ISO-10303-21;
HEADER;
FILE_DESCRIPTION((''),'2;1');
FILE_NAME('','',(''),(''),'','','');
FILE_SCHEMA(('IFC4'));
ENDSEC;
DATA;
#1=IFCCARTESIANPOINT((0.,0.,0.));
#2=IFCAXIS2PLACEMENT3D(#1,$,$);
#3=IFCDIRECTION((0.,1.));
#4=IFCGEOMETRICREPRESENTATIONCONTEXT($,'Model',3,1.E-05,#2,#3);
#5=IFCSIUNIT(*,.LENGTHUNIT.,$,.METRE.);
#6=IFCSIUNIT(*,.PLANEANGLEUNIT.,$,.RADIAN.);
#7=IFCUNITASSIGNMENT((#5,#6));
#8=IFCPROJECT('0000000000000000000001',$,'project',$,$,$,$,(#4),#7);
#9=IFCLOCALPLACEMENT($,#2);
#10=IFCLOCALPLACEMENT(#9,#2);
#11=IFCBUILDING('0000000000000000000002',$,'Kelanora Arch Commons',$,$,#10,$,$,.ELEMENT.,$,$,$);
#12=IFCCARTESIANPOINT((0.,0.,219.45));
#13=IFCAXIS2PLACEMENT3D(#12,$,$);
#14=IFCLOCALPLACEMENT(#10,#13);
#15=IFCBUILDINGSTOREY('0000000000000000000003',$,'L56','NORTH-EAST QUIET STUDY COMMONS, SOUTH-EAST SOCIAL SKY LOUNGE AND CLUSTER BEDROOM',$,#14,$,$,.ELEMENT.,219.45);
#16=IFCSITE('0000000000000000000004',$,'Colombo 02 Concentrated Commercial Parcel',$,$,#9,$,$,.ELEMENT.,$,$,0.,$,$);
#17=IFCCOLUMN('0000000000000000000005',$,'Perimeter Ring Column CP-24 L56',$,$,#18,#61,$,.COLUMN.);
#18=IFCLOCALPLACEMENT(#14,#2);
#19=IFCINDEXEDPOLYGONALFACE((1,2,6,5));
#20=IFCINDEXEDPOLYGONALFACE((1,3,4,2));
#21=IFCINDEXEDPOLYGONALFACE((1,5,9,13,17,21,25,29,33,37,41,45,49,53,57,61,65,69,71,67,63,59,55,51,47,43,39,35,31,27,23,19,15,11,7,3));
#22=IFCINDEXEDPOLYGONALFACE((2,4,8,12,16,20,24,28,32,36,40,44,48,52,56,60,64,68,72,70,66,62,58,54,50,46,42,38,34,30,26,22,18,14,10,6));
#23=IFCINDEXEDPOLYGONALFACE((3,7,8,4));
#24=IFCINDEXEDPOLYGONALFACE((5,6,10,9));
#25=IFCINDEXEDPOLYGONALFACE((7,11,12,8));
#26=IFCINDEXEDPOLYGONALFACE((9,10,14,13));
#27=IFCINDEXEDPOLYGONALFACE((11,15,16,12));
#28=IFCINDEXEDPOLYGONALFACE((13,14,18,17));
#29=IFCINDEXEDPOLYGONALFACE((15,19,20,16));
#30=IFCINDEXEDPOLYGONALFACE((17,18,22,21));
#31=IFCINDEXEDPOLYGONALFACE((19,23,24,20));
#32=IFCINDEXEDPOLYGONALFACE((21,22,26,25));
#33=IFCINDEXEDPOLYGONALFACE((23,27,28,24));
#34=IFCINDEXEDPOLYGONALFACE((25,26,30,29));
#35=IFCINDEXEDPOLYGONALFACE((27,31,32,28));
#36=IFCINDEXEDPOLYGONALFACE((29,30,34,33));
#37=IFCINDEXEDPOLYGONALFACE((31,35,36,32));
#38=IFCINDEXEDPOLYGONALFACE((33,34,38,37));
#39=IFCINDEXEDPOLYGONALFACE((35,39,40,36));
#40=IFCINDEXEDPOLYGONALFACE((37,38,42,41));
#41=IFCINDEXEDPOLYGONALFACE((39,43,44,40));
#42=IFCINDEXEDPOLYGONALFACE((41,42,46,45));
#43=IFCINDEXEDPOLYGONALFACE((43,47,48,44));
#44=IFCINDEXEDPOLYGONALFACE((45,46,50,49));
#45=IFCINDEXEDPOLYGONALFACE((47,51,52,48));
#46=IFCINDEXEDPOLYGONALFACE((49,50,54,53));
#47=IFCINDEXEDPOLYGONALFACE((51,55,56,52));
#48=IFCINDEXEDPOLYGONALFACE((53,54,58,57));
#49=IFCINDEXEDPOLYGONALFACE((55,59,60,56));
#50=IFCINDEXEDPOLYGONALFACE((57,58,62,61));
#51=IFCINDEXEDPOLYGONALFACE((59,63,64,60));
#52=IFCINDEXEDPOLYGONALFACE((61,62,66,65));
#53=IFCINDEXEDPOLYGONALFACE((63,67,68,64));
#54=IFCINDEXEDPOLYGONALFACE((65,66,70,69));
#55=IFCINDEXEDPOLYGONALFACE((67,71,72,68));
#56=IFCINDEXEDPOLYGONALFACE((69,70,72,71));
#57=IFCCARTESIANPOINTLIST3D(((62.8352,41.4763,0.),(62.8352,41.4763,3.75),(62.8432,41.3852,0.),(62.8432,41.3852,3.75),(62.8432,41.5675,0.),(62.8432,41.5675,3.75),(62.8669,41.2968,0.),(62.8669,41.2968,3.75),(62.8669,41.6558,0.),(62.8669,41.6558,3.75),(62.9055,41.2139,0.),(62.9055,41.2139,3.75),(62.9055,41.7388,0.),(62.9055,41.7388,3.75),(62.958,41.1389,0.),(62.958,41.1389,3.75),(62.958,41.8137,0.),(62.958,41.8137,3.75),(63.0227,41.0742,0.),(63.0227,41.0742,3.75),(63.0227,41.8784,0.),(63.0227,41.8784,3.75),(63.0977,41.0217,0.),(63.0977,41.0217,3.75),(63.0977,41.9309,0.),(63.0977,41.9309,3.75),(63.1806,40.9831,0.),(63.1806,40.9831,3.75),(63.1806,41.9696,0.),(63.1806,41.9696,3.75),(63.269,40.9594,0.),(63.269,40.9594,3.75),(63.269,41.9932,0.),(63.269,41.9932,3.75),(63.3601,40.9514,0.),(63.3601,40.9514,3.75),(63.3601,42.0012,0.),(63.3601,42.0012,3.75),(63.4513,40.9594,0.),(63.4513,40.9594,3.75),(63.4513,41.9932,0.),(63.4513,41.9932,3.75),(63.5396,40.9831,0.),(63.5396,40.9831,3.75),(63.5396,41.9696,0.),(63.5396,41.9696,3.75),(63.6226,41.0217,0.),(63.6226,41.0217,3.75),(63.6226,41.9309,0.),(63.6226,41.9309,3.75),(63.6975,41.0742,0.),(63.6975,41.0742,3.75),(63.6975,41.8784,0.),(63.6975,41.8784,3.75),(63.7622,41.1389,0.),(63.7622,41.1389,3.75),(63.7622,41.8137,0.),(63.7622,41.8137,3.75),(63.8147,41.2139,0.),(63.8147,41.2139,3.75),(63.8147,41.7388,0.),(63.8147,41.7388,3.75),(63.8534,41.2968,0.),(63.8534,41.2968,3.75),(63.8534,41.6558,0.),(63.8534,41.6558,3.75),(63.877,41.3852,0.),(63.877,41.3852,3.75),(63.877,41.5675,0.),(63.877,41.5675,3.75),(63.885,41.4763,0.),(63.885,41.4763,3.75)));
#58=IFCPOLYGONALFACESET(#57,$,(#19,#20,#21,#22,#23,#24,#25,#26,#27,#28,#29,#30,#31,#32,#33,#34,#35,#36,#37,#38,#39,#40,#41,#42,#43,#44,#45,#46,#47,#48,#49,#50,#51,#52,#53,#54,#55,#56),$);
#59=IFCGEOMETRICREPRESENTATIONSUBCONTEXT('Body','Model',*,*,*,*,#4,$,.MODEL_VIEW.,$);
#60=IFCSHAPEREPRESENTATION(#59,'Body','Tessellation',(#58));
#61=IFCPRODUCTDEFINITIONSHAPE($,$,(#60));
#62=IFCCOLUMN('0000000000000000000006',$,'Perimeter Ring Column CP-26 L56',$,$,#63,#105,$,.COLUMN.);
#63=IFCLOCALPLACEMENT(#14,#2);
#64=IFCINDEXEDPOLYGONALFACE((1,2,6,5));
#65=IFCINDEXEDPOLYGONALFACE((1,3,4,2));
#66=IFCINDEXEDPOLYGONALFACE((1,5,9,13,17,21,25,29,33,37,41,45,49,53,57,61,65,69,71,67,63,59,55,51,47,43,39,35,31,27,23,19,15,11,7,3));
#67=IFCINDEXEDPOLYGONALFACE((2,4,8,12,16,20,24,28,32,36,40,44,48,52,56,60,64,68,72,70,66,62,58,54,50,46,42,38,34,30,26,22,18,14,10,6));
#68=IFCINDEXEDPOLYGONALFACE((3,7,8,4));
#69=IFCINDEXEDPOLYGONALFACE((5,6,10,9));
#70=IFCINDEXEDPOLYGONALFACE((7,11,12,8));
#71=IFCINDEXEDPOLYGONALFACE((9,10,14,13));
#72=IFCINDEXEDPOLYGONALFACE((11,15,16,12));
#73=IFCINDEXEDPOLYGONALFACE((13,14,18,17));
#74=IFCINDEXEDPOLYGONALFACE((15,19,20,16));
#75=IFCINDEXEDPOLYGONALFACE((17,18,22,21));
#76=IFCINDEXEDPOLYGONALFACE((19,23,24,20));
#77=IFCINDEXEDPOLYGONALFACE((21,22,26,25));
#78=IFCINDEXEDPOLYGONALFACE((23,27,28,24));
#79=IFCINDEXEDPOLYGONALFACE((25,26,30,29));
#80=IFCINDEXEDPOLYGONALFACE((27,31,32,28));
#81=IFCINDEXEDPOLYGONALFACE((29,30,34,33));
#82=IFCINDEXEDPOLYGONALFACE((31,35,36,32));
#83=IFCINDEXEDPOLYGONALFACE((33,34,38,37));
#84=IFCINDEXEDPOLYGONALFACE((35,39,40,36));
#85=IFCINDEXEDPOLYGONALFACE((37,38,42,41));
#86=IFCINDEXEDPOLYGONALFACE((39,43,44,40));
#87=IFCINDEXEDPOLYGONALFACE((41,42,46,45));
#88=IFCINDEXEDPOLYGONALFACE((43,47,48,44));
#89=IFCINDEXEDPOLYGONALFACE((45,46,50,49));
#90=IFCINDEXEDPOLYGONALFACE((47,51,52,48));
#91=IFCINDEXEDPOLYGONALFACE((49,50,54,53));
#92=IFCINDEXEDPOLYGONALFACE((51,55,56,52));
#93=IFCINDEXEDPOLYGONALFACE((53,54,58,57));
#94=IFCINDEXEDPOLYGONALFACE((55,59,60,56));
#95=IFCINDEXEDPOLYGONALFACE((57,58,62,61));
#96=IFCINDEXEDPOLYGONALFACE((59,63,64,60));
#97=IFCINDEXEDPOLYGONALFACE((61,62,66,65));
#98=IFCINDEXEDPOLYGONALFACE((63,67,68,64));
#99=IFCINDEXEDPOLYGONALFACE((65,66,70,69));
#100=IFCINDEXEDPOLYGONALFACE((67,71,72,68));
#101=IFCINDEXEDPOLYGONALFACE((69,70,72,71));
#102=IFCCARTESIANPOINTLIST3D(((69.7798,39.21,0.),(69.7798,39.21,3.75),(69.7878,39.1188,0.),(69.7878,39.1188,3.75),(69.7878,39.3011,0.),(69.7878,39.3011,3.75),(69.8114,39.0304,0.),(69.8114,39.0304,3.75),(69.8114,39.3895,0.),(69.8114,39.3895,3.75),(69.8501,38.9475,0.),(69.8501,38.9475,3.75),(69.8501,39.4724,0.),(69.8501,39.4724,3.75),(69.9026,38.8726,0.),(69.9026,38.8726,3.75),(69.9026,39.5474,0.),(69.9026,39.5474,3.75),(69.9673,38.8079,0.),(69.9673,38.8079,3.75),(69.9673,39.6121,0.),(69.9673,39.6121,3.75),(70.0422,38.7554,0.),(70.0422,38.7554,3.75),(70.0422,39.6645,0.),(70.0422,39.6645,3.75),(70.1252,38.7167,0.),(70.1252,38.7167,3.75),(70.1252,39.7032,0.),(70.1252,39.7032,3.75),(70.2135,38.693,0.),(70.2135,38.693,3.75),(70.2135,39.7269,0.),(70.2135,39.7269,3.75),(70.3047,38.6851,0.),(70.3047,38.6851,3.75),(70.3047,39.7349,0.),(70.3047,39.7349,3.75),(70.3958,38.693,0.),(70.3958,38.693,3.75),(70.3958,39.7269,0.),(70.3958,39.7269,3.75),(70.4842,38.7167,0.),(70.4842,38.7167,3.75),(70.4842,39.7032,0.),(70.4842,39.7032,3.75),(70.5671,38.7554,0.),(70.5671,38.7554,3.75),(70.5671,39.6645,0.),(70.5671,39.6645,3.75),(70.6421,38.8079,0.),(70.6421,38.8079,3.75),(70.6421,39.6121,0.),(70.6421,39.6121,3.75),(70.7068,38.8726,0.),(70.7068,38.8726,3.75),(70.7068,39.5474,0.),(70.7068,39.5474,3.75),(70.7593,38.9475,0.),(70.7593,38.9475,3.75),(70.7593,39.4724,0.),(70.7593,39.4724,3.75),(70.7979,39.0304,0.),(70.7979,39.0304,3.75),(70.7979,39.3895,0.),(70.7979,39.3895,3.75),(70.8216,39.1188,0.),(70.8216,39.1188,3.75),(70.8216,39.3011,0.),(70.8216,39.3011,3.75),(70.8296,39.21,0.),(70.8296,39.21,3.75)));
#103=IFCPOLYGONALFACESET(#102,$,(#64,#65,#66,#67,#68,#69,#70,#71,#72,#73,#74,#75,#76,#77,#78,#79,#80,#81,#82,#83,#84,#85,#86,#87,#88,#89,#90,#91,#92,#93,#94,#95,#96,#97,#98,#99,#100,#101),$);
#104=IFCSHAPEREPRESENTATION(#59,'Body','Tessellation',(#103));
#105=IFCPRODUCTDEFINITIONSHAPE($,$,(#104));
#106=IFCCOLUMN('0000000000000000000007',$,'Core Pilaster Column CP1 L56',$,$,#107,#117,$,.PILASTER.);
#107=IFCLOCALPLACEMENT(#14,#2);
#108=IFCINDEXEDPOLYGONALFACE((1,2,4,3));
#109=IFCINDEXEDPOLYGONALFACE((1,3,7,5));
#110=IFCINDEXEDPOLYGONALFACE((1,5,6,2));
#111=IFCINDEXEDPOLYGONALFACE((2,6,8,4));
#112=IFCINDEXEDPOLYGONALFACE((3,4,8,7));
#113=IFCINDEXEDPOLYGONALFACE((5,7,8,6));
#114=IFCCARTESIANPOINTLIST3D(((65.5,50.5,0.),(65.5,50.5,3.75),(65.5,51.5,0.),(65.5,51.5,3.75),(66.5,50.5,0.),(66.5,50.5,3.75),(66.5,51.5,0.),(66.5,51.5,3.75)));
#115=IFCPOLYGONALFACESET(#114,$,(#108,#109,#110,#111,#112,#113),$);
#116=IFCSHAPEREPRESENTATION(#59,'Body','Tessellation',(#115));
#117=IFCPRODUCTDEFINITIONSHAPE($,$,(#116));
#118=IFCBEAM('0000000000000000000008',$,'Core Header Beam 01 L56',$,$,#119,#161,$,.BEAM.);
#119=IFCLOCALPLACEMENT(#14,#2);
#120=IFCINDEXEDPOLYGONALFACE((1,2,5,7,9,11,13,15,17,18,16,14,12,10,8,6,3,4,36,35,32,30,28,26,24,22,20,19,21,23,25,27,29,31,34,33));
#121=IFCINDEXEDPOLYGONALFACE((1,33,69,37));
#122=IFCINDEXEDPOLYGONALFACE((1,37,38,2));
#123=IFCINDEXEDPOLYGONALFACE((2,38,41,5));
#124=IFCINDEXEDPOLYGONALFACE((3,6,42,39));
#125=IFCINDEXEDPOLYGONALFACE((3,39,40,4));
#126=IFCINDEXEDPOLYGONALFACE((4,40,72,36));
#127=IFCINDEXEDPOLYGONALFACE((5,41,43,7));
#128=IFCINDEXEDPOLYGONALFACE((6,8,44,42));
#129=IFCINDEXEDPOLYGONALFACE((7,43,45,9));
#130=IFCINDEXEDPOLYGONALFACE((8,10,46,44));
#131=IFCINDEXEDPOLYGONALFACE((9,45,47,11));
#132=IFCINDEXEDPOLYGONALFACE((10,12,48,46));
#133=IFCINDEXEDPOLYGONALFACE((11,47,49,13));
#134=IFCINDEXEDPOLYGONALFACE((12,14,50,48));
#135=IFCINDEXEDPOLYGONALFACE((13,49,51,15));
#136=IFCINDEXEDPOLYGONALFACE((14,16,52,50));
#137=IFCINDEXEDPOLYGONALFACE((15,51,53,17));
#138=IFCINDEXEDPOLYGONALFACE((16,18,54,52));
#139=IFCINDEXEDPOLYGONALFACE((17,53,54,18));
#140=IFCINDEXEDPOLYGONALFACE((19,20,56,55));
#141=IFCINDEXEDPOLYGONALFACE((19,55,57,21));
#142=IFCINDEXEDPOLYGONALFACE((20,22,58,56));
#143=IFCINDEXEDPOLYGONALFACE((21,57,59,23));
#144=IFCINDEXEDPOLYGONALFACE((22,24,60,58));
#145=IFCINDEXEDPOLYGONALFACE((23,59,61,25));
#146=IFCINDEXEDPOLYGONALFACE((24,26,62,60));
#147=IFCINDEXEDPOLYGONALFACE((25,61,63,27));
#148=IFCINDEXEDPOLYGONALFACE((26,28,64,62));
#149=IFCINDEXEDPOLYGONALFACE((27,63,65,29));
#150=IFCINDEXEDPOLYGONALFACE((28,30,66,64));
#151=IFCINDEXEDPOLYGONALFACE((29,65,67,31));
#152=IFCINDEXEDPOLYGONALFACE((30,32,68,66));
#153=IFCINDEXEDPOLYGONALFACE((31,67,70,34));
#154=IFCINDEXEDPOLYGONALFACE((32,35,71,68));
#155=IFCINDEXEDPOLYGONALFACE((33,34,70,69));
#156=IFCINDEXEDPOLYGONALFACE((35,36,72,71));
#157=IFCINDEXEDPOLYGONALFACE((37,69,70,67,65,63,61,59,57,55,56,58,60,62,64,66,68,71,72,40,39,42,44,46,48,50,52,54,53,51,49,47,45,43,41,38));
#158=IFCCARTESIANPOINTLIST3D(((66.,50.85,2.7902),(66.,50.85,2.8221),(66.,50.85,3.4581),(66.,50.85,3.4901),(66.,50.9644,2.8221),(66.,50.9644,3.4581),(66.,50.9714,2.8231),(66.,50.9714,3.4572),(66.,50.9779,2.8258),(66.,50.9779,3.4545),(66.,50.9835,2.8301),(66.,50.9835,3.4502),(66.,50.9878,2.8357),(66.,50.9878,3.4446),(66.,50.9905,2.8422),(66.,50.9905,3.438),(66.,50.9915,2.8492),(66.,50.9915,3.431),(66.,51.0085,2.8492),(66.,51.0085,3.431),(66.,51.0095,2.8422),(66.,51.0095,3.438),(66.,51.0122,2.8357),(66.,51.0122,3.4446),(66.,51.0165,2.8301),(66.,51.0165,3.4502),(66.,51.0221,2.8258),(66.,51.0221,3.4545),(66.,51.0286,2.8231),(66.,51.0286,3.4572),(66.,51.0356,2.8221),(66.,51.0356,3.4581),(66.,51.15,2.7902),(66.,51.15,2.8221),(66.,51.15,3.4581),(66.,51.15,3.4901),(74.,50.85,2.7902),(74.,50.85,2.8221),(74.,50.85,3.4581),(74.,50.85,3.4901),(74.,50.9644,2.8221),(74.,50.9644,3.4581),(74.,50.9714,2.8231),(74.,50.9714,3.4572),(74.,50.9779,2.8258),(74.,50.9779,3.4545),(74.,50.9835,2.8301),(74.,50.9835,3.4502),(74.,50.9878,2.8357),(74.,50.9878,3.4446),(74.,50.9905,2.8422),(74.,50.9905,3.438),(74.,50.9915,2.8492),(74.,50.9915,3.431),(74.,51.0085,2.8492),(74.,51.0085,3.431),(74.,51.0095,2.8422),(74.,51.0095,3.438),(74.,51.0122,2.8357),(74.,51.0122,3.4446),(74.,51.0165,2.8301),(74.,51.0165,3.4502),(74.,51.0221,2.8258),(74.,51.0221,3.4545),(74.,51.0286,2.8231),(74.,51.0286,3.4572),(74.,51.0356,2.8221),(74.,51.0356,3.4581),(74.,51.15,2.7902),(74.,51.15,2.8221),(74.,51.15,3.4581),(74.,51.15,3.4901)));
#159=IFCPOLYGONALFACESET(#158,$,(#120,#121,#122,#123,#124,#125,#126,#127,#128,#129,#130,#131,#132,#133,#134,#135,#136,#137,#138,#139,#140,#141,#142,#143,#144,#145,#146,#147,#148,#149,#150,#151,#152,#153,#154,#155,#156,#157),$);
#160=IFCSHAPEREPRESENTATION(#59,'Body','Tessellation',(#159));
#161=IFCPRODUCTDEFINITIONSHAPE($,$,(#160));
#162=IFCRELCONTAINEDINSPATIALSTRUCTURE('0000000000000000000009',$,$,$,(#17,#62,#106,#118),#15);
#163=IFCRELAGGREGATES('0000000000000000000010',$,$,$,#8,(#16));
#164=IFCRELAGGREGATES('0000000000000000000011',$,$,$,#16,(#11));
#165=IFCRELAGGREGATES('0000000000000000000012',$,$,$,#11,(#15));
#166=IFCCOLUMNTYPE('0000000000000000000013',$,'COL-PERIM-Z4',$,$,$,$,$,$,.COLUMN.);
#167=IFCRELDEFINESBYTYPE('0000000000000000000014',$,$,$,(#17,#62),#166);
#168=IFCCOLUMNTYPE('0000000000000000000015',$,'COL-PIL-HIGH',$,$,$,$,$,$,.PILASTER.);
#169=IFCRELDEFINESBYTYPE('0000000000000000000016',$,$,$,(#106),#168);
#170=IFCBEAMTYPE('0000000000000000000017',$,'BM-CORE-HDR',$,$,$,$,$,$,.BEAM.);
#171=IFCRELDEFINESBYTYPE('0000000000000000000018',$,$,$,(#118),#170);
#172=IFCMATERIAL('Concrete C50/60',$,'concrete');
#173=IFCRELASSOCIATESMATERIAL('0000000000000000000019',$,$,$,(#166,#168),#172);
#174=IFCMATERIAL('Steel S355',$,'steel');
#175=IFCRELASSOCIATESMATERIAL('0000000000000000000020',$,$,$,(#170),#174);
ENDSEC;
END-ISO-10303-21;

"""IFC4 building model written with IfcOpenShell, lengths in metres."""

from ifc_helpers import new_model, si_unit, direction, frame, origin, origin_2d, place, context, subcontext, project, spatial, rectangle, circle, i_section, extrude, material, material_profile, profile_set, type_object, element, save


model = new_model("IFC4")

# Units and contexts
model_context = context("Model", 3, precision=1e-05, world=origin(), true_north=direction((0.0, 1.0)))
body_context = subcontext(model_context, "Body", "Model", "MODEL_VIEW")
ifc_project = project(units=[si_unit("LENGTHUNIT", "METRE"), si_unit("PLANEANGLEUNIT", "RADIAN")], contexts=[model_context])

# Site, building, storey
site_placement = place(None, origin())
site = spatial("IfcSite", under=ifc_project, at=site_placement, Name="Colombo 02 Concentrated Commercial Parcel", CompositionType="ELEMENT", RefElevation=0.0)
building_placement = place(site_placement, origin())
building = spatial("IfcBuilding", under=site, at=building_placement, Name="Kelanora Arch Commons", CompositionType="ELEMENT")
storey_placement = place(building_placement, frame((0.0, 0.0, 219.45)))
storey = spatial("IfcBuildingStorey", under=building, at=storey_placement, Name="L56", Description="NORTH-EAST QUIET STUDY COMMONS, SOUTH-EAST SOCIAL SKY LOUNGE AND CLUSTER BEDROOM", CompositionType="ELEMENT", Elevation=219.45)

# Columns
ifc_material_1 = material(Name="Concrete C50/60", Category="concrete")
ifc_material_profile_1 = material_profile(ifc_material_1, circle(Radius=0.5249, at=origin_2d()), Name="RCC1050")
ifc_profile_set_1 = profile_set([ifc_material_profile_1], Name="Concrete C50/60")
column_type_1 = type_object("IfcColumnType", Name="COL-PERIM-Z4", PredefinedType="COLUMN", material=ifc_profile_set_1)
for number, where, z_axis, x_axis, name in (
    (1, (63.3601, 41.4763, 0.0), (0.0, 0.0, 1.0), (1.0, 0.0, 0.0), "Perimeter Ring Column CP-24 L56"),
    (2, (70.3047, 39.21, 0.0), (0.0, 0.0, 1.0), (1.0, 0.0, 0.0), "Perimeter Ring Column CP-26 L56"),
):
    element("IfcColumn", number, at=place(storey_placement, frame(where, z_axis=z_axis, x_axis=x_axis)), inside=storey, type_object=column_type_1, Name=name, PredefinedType="COLUMN", context=body_context, shape_type="SweptSolid", body=[
        extrude(circle(Radius=0.5249, at=origin_2d()), origin(), (0.0, 0.0, 1.0), 3.75),
    ])
ifc_material_profile_2 = material_profile(ifc_material_1, rectangle(XDim=1.0, YDim=1.0, at=origin_2d()), Name="RC1000x1000")
ifc_profile_set_2 = profile_set([ifc_material_profile_2], Name="Concrete C50/60")
column_type_2 = type_object("IfcColumnType", Name="COL-PIL-HIGH", PredefinedType="PILASTER", material=ifc_profile_set_2)
column_placement = place(storey_placement, frame((66.0, 51.0, 0.0), z_axis=(0.0, 0.0, 1.0), x_axis=(1.0, 0.0, 0.0)))
element("IfcColumn", 3, at=column_placement, inside=storey, type_object=column_type_2, Name="Core Pilaster Column CP1 L56", PredefinedType="PILASTER", context=body_context, shape_type="SweptSolid", body=[
    extrude(rectangle(XDim=1.0, YDim=1.0, at=origin_2d()), origin(), (0.0, 0.0, 1.0), 3.75),
])

# Beam
ifc_material_2 = material(Name="Steel S355", Category="steel")
ifc_material_profile_3 = material_profile(ifc_material_2, i_section(OverallWidth=0.3, OverallDepth=0.7, WebThickness=0.0171, FlangeThickness=0.032, FilletRadius=0.0271, at=origin_2d()), Name="HEB700")
ifc_profile_set_3 = profile_set([ifc_material_profile_3], Name="Steel S355")
beam_type_1 = type_object("IfcBeamType", Name="BM-CORE-HDR", PredefinedType="BEAM", material=ifc_profile_set_3)
beam_1_placement = place(storey_placement, frame((66.0, 51.0, 3.1401), z_axis=(1.0, 0.0, 0.0), x_axis=(0.0, 1.0, 0.0)))
element("IfcBeam", 4, at=beam_1_placement, inside=storey, type_object=beam_type_1, Name="Core Header Beam 01 L56", PredefinedType="BEAM", context=body_context, shape_type="SweptSolid", body=[
    extrude(i_section(OverallWidth=0.3, OverallDepth=0.7, WebThickness=0.0171, FlangeThickness=0.032, FilletRadius=0.0271, at=origin_2d()), origin(), (0.0, 0.0, 1.0), 8.0),
])

save(model, "model.ifc")
